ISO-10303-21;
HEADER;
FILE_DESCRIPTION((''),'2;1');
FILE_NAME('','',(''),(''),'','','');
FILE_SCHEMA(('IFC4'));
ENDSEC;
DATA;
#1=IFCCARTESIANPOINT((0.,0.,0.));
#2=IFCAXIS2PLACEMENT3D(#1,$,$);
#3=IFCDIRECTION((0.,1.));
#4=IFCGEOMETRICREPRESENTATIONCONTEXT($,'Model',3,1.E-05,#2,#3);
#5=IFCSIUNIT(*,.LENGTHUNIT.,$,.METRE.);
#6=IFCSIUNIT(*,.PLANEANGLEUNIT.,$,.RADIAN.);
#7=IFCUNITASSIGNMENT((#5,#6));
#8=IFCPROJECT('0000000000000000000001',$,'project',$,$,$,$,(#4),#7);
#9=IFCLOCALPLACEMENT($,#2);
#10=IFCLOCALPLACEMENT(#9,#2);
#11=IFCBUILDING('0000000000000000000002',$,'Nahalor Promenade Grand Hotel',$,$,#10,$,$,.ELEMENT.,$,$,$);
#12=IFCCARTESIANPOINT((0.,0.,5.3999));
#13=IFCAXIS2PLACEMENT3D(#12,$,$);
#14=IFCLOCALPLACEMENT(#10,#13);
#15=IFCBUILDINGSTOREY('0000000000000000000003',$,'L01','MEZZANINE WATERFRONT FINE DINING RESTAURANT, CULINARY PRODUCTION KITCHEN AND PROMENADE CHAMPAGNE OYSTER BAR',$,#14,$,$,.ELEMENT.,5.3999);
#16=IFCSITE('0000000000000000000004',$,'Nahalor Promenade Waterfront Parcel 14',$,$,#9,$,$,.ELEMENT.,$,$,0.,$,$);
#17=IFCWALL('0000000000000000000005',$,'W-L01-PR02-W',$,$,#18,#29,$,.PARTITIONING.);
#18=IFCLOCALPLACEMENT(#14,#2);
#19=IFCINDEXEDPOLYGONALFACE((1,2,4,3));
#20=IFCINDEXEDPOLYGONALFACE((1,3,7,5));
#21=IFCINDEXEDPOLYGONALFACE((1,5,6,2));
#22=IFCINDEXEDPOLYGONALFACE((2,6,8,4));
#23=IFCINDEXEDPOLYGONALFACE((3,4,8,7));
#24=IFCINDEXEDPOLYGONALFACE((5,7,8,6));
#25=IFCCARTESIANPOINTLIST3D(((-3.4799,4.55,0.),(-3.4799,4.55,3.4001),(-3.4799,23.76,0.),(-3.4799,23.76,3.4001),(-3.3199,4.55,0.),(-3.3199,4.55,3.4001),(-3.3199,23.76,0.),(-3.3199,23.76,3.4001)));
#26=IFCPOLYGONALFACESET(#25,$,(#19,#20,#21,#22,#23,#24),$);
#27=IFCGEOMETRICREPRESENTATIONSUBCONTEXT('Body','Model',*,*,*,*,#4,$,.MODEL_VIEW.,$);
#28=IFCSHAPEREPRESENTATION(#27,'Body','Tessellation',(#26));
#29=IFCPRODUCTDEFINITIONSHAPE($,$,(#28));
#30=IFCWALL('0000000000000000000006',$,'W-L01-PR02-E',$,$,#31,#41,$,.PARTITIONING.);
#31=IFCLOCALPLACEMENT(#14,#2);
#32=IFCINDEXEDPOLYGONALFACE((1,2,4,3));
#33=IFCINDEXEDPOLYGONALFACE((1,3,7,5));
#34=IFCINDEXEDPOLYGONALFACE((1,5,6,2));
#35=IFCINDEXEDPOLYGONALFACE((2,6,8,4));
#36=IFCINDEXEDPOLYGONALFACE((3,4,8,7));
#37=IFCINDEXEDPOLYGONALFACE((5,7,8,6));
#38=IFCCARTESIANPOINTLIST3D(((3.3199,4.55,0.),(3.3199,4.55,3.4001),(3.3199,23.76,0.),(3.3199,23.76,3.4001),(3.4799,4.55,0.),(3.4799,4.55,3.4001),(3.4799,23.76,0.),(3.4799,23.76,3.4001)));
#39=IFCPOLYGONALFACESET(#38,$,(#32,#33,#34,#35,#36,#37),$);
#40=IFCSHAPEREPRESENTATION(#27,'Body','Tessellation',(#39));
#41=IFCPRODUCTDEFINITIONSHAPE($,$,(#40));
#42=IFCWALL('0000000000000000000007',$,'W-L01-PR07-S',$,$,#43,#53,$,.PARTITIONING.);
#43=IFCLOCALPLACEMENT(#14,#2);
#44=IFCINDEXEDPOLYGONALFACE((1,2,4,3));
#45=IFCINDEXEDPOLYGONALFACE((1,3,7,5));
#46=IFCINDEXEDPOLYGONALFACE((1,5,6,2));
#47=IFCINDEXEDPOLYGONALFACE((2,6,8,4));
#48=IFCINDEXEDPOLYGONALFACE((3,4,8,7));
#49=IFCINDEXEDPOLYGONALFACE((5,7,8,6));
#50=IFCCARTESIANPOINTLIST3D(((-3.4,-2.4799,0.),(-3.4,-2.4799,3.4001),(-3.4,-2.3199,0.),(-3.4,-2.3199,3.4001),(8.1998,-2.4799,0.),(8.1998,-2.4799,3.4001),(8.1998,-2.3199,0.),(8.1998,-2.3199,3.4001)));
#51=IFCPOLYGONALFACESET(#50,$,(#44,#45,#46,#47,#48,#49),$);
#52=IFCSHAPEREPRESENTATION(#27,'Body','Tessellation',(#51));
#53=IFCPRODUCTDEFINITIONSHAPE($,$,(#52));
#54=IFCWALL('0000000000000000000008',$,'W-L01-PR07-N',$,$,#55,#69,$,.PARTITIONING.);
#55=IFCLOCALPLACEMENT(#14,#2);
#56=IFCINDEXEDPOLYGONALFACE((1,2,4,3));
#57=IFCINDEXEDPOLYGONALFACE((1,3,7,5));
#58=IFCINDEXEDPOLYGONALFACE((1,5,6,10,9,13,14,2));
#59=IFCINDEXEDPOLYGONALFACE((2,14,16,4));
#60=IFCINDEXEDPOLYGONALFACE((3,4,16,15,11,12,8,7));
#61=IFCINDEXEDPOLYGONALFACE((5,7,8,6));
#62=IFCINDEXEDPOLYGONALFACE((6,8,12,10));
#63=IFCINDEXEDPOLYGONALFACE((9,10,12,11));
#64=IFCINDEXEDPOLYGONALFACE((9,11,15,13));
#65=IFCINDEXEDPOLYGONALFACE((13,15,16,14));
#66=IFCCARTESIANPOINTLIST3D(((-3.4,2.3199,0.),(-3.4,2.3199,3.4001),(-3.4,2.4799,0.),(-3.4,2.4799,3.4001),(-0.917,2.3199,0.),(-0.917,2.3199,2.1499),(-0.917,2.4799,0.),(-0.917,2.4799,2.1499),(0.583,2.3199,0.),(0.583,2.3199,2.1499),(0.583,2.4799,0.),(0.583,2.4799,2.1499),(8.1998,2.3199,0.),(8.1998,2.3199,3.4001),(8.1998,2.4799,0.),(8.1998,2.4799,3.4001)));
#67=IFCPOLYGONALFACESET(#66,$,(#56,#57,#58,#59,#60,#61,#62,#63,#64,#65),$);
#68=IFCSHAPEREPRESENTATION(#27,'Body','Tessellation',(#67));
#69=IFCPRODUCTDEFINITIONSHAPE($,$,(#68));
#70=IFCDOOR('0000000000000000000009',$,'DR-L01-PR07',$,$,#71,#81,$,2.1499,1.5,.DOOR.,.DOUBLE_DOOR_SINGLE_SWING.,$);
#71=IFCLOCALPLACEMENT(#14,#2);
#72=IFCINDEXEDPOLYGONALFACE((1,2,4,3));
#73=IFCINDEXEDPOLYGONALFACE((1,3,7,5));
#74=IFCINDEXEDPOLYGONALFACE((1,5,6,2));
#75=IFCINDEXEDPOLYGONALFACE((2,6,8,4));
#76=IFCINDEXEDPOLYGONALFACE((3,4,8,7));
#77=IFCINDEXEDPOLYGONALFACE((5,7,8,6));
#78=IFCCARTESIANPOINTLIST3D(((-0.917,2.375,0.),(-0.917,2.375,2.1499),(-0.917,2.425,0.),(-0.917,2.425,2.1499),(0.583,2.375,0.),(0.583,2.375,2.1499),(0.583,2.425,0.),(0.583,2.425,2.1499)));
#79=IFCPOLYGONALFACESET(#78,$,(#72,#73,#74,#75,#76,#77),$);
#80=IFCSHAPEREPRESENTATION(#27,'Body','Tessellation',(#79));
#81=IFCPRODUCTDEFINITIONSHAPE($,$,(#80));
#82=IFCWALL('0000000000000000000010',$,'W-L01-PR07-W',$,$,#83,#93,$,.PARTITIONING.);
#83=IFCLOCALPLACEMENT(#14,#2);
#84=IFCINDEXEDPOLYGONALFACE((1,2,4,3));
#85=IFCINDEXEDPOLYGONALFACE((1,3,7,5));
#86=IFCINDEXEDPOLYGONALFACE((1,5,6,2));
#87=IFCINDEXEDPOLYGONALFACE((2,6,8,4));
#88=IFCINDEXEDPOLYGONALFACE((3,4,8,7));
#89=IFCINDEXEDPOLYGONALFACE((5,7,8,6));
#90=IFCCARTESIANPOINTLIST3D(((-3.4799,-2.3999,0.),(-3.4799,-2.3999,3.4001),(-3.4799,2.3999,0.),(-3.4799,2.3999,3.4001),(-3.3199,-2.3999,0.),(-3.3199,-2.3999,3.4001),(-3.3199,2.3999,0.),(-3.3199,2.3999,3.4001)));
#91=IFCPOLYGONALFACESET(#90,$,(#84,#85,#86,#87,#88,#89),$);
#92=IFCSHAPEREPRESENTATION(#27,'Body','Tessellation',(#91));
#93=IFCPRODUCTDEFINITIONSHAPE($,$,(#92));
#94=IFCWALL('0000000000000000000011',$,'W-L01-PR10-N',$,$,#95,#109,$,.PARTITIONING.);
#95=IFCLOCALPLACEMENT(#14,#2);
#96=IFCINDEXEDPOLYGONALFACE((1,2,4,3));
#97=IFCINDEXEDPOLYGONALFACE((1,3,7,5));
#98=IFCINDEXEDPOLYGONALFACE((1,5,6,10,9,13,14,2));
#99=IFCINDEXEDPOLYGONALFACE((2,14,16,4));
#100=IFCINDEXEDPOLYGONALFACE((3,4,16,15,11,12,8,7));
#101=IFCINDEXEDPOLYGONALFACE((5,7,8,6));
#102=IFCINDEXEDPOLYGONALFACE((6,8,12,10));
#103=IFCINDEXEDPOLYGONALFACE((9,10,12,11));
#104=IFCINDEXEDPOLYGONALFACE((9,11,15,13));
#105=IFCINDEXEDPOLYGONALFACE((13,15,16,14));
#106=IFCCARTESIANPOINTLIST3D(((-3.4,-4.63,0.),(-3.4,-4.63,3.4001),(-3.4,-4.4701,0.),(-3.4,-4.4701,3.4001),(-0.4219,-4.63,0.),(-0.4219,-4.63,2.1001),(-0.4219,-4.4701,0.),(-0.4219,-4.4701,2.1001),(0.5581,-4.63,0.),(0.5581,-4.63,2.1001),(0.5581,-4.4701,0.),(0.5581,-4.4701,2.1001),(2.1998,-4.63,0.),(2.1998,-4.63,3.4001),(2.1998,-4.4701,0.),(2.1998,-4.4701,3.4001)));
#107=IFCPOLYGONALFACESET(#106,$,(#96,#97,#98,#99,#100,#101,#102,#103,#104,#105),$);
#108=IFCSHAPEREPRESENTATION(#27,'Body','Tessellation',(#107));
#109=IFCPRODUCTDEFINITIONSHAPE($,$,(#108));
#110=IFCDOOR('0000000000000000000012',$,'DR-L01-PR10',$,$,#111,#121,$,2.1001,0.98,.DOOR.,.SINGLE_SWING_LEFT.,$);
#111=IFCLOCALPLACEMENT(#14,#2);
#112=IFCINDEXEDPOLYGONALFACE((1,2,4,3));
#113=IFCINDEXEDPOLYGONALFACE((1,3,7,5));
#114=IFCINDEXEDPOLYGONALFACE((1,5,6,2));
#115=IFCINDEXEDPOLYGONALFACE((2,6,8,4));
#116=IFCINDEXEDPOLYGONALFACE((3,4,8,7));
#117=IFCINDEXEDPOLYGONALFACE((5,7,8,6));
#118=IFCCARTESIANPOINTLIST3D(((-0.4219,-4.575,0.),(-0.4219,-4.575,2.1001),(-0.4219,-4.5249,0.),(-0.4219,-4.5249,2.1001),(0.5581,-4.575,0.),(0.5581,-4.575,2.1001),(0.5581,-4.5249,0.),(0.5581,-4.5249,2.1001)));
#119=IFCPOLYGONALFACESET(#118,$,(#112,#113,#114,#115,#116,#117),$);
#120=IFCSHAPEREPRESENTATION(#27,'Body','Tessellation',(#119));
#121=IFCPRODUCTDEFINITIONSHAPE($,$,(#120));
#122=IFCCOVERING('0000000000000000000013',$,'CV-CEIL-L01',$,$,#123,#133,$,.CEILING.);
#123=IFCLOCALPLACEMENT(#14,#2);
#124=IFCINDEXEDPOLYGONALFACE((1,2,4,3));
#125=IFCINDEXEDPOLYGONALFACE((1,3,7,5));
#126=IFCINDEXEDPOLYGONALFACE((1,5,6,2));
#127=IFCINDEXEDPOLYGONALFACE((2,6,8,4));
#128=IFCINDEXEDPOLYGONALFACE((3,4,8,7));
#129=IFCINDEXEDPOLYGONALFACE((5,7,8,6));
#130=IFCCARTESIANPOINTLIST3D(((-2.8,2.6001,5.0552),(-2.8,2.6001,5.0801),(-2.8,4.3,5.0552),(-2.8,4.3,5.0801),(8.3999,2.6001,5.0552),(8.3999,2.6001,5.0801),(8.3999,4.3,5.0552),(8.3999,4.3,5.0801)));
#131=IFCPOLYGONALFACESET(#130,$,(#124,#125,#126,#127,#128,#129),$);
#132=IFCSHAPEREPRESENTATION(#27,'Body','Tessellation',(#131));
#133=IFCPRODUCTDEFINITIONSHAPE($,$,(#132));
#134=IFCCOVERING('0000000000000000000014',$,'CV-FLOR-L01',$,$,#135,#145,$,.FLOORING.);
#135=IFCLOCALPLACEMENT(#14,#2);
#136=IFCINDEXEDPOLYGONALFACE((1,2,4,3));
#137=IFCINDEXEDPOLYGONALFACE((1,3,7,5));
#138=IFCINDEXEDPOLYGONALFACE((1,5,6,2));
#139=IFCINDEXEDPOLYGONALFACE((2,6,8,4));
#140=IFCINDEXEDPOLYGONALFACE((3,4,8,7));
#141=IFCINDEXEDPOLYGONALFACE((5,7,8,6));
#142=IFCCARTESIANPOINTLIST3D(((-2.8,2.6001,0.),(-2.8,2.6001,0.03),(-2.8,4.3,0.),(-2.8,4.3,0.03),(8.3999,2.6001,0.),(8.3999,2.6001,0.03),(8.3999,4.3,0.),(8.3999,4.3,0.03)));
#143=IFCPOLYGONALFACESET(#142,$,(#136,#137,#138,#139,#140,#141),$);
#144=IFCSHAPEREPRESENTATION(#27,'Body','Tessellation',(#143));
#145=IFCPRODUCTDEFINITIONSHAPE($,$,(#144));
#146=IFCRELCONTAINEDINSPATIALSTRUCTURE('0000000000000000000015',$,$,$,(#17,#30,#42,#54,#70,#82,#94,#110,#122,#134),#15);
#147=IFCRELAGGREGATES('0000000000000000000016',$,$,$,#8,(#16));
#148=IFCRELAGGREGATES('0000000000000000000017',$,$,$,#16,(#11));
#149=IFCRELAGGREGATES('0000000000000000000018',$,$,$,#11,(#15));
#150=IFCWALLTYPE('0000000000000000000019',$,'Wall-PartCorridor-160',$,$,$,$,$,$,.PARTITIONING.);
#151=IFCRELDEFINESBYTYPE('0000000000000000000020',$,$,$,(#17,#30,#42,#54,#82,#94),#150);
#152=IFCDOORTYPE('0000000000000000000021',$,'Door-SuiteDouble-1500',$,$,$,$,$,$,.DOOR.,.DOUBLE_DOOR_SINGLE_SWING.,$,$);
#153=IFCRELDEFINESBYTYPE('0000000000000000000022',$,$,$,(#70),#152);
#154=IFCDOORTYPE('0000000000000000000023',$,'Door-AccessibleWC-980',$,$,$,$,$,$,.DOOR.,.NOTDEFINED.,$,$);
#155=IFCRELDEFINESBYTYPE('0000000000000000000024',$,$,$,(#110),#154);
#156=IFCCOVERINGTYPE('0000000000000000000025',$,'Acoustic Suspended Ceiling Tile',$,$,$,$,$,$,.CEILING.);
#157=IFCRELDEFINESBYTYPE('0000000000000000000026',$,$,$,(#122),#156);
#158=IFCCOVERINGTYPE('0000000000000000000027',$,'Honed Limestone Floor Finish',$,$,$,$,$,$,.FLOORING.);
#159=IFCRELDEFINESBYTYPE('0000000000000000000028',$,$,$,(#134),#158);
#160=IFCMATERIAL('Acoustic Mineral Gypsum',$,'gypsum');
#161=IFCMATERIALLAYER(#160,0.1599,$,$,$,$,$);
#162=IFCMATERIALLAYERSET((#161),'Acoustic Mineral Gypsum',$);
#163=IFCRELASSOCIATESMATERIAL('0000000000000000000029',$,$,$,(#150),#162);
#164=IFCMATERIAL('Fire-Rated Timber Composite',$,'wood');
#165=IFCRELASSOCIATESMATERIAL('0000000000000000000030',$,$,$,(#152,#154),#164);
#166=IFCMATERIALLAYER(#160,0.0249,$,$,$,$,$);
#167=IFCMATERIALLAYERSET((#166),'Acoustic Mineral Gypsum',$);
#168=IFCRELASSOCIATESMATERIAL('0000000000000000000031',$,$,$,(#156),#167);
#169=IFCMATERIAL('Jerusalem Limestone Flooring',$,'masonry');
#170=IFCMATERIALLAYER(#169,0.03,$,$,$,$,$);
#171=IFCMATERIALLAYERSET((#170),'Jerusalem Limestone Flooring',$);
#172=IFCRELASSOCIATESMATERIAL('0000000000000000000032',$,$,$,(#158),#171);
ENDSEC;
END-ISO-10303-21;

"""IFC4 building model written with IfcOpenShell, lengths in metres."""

from ifc_helpers import new_model, si_unit, direction, frame, frame_2d, origin, place, context, subcontext, project, spatial, polyline, rectangle, outline, extrude, source, transform, mapped, material, layer, layer_set, type_object, element, fill, save


model = new_model("IFC4")

# Units and contexts
model_context = context("Model", 3, precision=1e-05, world=origin(), true_north=direction((0.0, 1.0)))
body_context = subcontext(model_context, "Body", "Model", "MODEL_VIEW")
ifc_project = project(units=[si_unit("LENGTHUNIT", "METRE"), si_unit("PLANEANGLEUNIT", "RADIAN")], contexts=[model_context])

# Site, building, storey
site_placement = place(None, origin())
site = spatial("IfcSite", under=ifc_project, at=site_placement, Name="Nahalor Promenade Waterfront Parcel 14", CompositionType="ELEMENT", RefElevation=0.0)
building_placement = place(site_placement, origin())
building = spatial("IfcBuilding", under=site, at=building_placement, Name="Nahalor Promenade Grand Hotel", CompositionType="ELEMENT")
storey_placement = place(building_placement, frame((0.0, 0.0, 5.3999)))
storey = spatial("IfcBuildingStorey", under=building, at=storey_placement, Name="L01", Description="MEZZANINE WATERFRONT FINE DINING RESTAURANT, CULINARY PRODUCTION KITCHEN AND PROMENADE CHAMPAGNE OYSTER BAR", CompositionType="ELEMENT", Elevation=5.3999)

# Shared definitions
ifc_material_1 = material(Name="Acoustic Mineral Gypsum", Category="gypsum")
ifc_layer_1 = layer(ifc_material_1, 0.1599)
ifc_layer_set_1 = layer_set([ifc_layer_1], Name="Acoustic Mineral Gypsum")
wall_type = type_object("IfcWallType", Name="Wall-PartCorridor-160", PredefinedType="PARTITIONING", material=ifc_layer_set_1)
ifc_material_2 = material(Name="Fire-Rated Timber Composite", Category="wood")
door_type_1 = type_object("IfcDoorType", Name="Door-SuiteDouble-1500", OperationType="DOUBLE_DOOR_SINGLE_SWING", PredefinedType="DOOR", material=ifc_material_2)
shared_shape_1 = source(origin(), body_context, "Body", "SweptSolid", [
    extrude(rectangle(XDim=1.5, YDim=2.1499, at=frame_2d((0.75, 1.075))), frame((0.0, 0.0249, 0.0), z_axis=(0.0, -1.0, 0.0), x_axis=(1.0, 0.0, 0.0)), (0.0, 0.0, 1.0), 0.05),
])

# Walls
shared_shape_2 = source(origin(), body_context, "Body", "SweptSolid", [
    extrude(rectangle(XDim=19.21, YDim=0.1599, at=frame_2d((9.605, 0.0))), origin(), (0.0, 0.0, 1.0), 3.4001),
])
for number, where, z_axis, x_axis, name in (
    (1, (-3.3999, 4.55, 0.0), (0.0, 0.0, 1.0), (0.0, 1.0, 0.0), "W-L01-PR02-W"),
    (2, (3.3999, 4.55, 0.0), (0.0, 0.0, 1.0), (0.0, 1.0, 0.0), "W-L01-PR02-E"),
):
    element("IfcWall", number, at=place(storey_placement, frame(where, z_axis=z_axis, x_axis=x_axis)), inside=storey, type_object=wall_type, Name=name, PredefinedType="PARTITIONING", context=body_context, shape_type="MappedRepresentation", body=[
        mapped(shared_shape_2, transform((0.0, 0.0, 0.0), scale=1.0)),
    ])
shared_shape_3 = source(origin(), body_context, "Body", "SweptSolid", [
    extrude(rectangle(XDim=11.5999, YDim=0.1599, at=frame_2d((5.7998, 0.0))), origin(), (0.0, 0.0, 1.0), 3.4001),
])
wall_1_placement = place(storey_placement, frame((-3.3999, -2.3999, 0.0), z_axis=(0.0, 0.0, 1.0), x_axis=(1.0, 0.0, 0.0)))
element("IfcWall", 3, at=wall_1_placement, inside=storey, type_object=wall_type, Name="W-L01-PR07-S", PredefinedType="PARTITIONING", context=body_context, shape_type="MappedRepresentation", body=[
    mapped(shared_shape_3, transform((0.0, 0.0, 0.0), scale=1.0)),
])

# Wall, opening, door
wall_2_placement = place(storey_placement, frame((-3.3999, 2.3999, 0.0), z_axis=(0.0, 0.0, 1.0), x_axis=(1.0, 0.0, 0.0)))
wall_2 = element("IfcWall", 4, at=wall_2_placement, inside=storey, type_object=wall_type, Name="W-L01-PR07-N", PredefinedType="PARTITIONING", context=body_context, shape_type="MappedRepresentation", body=[
    mapped(shared_shape_3, transform((0.0, 0.0, 0.0), scale=1.0)),
])
opening_1_placement = place(wall_2_placement, frame((2.4829, 0.0, 0.0)))
opening_1 = element("IfcOpeningElement", 5, at=opening_1_placement, cuts=wall_2, PredefinedType="OPENING", context=body_context, shape_type="SweptSolid", body=[
    extrude(rectangle(XDim=1.5, YDim=2.1499, at=frame_2d((0.75, 1.075))), frame((0.0, 0.0898, 0.0), z_axis=(0.0, -1.0, 0.0), x_axis=(1.0, 0.0, 0.0)), (0.0, 0.0, 1.0), 0.1799),
])
door_1_placement = place(opening_1_placement, frame((1.5, 0.0, 0.0), z_axis=(0.0, 0.0, 1.0), x_axis=(-1.0, 0.0, 0.0)))
door_1 = element("IfcDoor", 6, at=door_1_placement, inside=storey, type_object=door_type_1, Name="DR-L01-PR07", OperationType="DOUBLE_DOOR_SINGLE_SWING", OverallHeight=2.1499, OverallWidth=1.5, PredefinedType="DOOR", context=body_context, shape_type="MappedRepresentation", body=[
    mapped(shared_shape_1, transform((0.0, 0.0, 0.0), scale=1.0)),
])
fill(opening_1, door_1)

# Wall
shared_shape_4 = source(origin(), body_context, "Body", "SweptSolid", [
    extrude(rectangle(XDim=4.7998, YDim=0.1599, at=frame_2d((2.3999, 0.0))), origin(), (0.0, 0.0, 1.0), 3.4001),
])
wall_3_placement = place(storey_placement, frame((-3.3999, -2.3999, 0.0), z_axis=(0.0, 0.0, 1.0), x_axis=(0.0, 1.0, 0.0)))
element("IfcWall", 7, at=wall_3_placement, inside=storey, type_object=wall_type, Name="W-L01-PR07-W", PredefinedType="PARTITIONING", context=body_context, shape_type="MappedRepresentation", body=[
    mapped(shared_shape_4, transform((0.0, 0.0, 0.0), scale=1.0)),
])

# Wall, opening, door
shared_shape_5 = source(origin(), body_context, "Body", "SweptSolid", [
    extrude(rectangle(XDim=5.5999, YDim=0.1599, at=frame_2d((2.7998, 0.0))), origin(), (0.0, 0.0, 1.0), 3.4001),
])
wall_4_placement = place(storey_placement, frame((-3.3999, -4.55, 0.0), z_axis=(0.0, 0.0, 1.0), x_axis=(1.0, 0.0, 0.0)))
wall_4 = element("IfcWall", 8, at=wall_4_placement, inside=storey, type_object=wall_type, Name="W-L01-PR10-N", PredefinedType="PARTITIONING", context=body_context, shape_type="MappedRepresentation", body=[
    mapped(shared_shape_5, transform((0.0, 0.0, 0.0), scale=1.0)),
])
opening_2_placement = place(wall_4_placement, frame((2.978, 0.0, 0.0)))
opening_2 = element("IfcOpeningElement", 9, at=opening_2_placement, cuts=wall_4, PredefinedType="OPENING", context=body_context, shape_type="SweptSolid", body=[
    extrude(rectangle(XDim=0.98, YDim=2.1001, at=frame_2d((0.49, 1.05))), frame((0.0, 0.0898, 0.0), z_axis=(0.0, -1.0, 0.0), x_axis=(1.0, 0.0, 0.0)), (0.0, 0.0, 1.0), 0.1799),
])
door_type_2 = type_object("IfcDoorType", Name="Door-AccessibleWC-980", OperationType="NOTDEFINED", PredefinedType="DOOR", material=ifc_material_2)
shared_shape_6 = source(origin(), body_context, "Body", "SweptSolid", [
    extrude(rectangle(XDim=0.98, YDim=2.1001, at=frame_2d((0.49, 1.05))), frame((0.0, 0.0249, 0.0), z_axis=(0.0, -1.0, 0.0), x_axis=(1.0, 0.0, 0.0)), (0.0, 0.0, 1.0), 0.05),
])
door_2_placement = place(opening_2_placement, frame((0.98, 0.0, 0.0), z_axis=(0.0, 0.0, 1.0), x_axis=(-1.0, 0.0, 0.0)))
door_2 = element("IfcDoor", 10, at=door_2_placement, inside=storey, type_object=door_type_2, Name="DR-L01-PR10", OperationType="SINGLE_SWING_LEFT", OverallHeight=2.1001, OverallWidth=0.98, PredefinedType="DOOR", context=body_context, shape_type="MappedRepresentation", body=[
    mapped(shared_shape_6, transform((0.0, 0.0, 0.0), scale=1.0)),
])
fill(opening_2, door_2)

# Covering
ifc_layer_2 = layer(ifc_material_1, 0.0249)
ifc_layer_set_2 = layer_set([ifc_layer_2], Name="Acoustic Mineral Gypsum")
covering_type_1 = type_object("IfcCoveringType", Name="Acoustic Suspended Ceiling Tile", PredefinedType="CEILING", material=ifc_layer_set_2)
covering_1_placement = place(storey_placement, frame((0.0, 0.0, 5.0552)))
element("IfcCovering", 11, at=covering_1_placement, inside=storey, type_object=covering_type_1, Name="CV-CEIL-L01", PredefinedType="CEILING", context=body_context, shape_type="SweptSolid", body=[
    extrude(outline(polyline([(-2.8, 2.6001), (8.3999, 2.6001), (8.3999, 4.3), (-2.8, 4.3), (-2.8, 2.6001)])), origin(), (0.0, 0.0, 1.0), 0.0249),
])

# Covering
ifc_material_3 = material(Name="Jerusalem Limestone Flooring", Category="masonry")
ifc_layer_3 = layer(ifc_material_3, 0.03)
ifc_layer_set_3 = layer_set([ifc_layer_3], Name="Jerusalem Limestone Flooring")
covering_type_2 = type_object("IfcCoveringType", Name="Honed Limestone Floor Finish", PredefinedType="FLOORING", material=ifc_layer_set_3)
covering_2_placement = place(storey_placement, origin())
element("IfcCovering", 12, at=covering_2_placement, inside=storey, type_object=covering_type_2, Name="CV-FLOR-L01", PredefinedType="FLOORING", context=body_context, shape_type="SweptSolid", body=[
    extrude(outline(polyline([(-2.8, 2.6001), (8.3999, 2.6001), (8.3999, 4.3), (-2.8, 4.3), (-2.8, 2.6001)])), origin(), (0.0, 0.0, 1.0), 0.03),
])

save(model, "model.ifc")
